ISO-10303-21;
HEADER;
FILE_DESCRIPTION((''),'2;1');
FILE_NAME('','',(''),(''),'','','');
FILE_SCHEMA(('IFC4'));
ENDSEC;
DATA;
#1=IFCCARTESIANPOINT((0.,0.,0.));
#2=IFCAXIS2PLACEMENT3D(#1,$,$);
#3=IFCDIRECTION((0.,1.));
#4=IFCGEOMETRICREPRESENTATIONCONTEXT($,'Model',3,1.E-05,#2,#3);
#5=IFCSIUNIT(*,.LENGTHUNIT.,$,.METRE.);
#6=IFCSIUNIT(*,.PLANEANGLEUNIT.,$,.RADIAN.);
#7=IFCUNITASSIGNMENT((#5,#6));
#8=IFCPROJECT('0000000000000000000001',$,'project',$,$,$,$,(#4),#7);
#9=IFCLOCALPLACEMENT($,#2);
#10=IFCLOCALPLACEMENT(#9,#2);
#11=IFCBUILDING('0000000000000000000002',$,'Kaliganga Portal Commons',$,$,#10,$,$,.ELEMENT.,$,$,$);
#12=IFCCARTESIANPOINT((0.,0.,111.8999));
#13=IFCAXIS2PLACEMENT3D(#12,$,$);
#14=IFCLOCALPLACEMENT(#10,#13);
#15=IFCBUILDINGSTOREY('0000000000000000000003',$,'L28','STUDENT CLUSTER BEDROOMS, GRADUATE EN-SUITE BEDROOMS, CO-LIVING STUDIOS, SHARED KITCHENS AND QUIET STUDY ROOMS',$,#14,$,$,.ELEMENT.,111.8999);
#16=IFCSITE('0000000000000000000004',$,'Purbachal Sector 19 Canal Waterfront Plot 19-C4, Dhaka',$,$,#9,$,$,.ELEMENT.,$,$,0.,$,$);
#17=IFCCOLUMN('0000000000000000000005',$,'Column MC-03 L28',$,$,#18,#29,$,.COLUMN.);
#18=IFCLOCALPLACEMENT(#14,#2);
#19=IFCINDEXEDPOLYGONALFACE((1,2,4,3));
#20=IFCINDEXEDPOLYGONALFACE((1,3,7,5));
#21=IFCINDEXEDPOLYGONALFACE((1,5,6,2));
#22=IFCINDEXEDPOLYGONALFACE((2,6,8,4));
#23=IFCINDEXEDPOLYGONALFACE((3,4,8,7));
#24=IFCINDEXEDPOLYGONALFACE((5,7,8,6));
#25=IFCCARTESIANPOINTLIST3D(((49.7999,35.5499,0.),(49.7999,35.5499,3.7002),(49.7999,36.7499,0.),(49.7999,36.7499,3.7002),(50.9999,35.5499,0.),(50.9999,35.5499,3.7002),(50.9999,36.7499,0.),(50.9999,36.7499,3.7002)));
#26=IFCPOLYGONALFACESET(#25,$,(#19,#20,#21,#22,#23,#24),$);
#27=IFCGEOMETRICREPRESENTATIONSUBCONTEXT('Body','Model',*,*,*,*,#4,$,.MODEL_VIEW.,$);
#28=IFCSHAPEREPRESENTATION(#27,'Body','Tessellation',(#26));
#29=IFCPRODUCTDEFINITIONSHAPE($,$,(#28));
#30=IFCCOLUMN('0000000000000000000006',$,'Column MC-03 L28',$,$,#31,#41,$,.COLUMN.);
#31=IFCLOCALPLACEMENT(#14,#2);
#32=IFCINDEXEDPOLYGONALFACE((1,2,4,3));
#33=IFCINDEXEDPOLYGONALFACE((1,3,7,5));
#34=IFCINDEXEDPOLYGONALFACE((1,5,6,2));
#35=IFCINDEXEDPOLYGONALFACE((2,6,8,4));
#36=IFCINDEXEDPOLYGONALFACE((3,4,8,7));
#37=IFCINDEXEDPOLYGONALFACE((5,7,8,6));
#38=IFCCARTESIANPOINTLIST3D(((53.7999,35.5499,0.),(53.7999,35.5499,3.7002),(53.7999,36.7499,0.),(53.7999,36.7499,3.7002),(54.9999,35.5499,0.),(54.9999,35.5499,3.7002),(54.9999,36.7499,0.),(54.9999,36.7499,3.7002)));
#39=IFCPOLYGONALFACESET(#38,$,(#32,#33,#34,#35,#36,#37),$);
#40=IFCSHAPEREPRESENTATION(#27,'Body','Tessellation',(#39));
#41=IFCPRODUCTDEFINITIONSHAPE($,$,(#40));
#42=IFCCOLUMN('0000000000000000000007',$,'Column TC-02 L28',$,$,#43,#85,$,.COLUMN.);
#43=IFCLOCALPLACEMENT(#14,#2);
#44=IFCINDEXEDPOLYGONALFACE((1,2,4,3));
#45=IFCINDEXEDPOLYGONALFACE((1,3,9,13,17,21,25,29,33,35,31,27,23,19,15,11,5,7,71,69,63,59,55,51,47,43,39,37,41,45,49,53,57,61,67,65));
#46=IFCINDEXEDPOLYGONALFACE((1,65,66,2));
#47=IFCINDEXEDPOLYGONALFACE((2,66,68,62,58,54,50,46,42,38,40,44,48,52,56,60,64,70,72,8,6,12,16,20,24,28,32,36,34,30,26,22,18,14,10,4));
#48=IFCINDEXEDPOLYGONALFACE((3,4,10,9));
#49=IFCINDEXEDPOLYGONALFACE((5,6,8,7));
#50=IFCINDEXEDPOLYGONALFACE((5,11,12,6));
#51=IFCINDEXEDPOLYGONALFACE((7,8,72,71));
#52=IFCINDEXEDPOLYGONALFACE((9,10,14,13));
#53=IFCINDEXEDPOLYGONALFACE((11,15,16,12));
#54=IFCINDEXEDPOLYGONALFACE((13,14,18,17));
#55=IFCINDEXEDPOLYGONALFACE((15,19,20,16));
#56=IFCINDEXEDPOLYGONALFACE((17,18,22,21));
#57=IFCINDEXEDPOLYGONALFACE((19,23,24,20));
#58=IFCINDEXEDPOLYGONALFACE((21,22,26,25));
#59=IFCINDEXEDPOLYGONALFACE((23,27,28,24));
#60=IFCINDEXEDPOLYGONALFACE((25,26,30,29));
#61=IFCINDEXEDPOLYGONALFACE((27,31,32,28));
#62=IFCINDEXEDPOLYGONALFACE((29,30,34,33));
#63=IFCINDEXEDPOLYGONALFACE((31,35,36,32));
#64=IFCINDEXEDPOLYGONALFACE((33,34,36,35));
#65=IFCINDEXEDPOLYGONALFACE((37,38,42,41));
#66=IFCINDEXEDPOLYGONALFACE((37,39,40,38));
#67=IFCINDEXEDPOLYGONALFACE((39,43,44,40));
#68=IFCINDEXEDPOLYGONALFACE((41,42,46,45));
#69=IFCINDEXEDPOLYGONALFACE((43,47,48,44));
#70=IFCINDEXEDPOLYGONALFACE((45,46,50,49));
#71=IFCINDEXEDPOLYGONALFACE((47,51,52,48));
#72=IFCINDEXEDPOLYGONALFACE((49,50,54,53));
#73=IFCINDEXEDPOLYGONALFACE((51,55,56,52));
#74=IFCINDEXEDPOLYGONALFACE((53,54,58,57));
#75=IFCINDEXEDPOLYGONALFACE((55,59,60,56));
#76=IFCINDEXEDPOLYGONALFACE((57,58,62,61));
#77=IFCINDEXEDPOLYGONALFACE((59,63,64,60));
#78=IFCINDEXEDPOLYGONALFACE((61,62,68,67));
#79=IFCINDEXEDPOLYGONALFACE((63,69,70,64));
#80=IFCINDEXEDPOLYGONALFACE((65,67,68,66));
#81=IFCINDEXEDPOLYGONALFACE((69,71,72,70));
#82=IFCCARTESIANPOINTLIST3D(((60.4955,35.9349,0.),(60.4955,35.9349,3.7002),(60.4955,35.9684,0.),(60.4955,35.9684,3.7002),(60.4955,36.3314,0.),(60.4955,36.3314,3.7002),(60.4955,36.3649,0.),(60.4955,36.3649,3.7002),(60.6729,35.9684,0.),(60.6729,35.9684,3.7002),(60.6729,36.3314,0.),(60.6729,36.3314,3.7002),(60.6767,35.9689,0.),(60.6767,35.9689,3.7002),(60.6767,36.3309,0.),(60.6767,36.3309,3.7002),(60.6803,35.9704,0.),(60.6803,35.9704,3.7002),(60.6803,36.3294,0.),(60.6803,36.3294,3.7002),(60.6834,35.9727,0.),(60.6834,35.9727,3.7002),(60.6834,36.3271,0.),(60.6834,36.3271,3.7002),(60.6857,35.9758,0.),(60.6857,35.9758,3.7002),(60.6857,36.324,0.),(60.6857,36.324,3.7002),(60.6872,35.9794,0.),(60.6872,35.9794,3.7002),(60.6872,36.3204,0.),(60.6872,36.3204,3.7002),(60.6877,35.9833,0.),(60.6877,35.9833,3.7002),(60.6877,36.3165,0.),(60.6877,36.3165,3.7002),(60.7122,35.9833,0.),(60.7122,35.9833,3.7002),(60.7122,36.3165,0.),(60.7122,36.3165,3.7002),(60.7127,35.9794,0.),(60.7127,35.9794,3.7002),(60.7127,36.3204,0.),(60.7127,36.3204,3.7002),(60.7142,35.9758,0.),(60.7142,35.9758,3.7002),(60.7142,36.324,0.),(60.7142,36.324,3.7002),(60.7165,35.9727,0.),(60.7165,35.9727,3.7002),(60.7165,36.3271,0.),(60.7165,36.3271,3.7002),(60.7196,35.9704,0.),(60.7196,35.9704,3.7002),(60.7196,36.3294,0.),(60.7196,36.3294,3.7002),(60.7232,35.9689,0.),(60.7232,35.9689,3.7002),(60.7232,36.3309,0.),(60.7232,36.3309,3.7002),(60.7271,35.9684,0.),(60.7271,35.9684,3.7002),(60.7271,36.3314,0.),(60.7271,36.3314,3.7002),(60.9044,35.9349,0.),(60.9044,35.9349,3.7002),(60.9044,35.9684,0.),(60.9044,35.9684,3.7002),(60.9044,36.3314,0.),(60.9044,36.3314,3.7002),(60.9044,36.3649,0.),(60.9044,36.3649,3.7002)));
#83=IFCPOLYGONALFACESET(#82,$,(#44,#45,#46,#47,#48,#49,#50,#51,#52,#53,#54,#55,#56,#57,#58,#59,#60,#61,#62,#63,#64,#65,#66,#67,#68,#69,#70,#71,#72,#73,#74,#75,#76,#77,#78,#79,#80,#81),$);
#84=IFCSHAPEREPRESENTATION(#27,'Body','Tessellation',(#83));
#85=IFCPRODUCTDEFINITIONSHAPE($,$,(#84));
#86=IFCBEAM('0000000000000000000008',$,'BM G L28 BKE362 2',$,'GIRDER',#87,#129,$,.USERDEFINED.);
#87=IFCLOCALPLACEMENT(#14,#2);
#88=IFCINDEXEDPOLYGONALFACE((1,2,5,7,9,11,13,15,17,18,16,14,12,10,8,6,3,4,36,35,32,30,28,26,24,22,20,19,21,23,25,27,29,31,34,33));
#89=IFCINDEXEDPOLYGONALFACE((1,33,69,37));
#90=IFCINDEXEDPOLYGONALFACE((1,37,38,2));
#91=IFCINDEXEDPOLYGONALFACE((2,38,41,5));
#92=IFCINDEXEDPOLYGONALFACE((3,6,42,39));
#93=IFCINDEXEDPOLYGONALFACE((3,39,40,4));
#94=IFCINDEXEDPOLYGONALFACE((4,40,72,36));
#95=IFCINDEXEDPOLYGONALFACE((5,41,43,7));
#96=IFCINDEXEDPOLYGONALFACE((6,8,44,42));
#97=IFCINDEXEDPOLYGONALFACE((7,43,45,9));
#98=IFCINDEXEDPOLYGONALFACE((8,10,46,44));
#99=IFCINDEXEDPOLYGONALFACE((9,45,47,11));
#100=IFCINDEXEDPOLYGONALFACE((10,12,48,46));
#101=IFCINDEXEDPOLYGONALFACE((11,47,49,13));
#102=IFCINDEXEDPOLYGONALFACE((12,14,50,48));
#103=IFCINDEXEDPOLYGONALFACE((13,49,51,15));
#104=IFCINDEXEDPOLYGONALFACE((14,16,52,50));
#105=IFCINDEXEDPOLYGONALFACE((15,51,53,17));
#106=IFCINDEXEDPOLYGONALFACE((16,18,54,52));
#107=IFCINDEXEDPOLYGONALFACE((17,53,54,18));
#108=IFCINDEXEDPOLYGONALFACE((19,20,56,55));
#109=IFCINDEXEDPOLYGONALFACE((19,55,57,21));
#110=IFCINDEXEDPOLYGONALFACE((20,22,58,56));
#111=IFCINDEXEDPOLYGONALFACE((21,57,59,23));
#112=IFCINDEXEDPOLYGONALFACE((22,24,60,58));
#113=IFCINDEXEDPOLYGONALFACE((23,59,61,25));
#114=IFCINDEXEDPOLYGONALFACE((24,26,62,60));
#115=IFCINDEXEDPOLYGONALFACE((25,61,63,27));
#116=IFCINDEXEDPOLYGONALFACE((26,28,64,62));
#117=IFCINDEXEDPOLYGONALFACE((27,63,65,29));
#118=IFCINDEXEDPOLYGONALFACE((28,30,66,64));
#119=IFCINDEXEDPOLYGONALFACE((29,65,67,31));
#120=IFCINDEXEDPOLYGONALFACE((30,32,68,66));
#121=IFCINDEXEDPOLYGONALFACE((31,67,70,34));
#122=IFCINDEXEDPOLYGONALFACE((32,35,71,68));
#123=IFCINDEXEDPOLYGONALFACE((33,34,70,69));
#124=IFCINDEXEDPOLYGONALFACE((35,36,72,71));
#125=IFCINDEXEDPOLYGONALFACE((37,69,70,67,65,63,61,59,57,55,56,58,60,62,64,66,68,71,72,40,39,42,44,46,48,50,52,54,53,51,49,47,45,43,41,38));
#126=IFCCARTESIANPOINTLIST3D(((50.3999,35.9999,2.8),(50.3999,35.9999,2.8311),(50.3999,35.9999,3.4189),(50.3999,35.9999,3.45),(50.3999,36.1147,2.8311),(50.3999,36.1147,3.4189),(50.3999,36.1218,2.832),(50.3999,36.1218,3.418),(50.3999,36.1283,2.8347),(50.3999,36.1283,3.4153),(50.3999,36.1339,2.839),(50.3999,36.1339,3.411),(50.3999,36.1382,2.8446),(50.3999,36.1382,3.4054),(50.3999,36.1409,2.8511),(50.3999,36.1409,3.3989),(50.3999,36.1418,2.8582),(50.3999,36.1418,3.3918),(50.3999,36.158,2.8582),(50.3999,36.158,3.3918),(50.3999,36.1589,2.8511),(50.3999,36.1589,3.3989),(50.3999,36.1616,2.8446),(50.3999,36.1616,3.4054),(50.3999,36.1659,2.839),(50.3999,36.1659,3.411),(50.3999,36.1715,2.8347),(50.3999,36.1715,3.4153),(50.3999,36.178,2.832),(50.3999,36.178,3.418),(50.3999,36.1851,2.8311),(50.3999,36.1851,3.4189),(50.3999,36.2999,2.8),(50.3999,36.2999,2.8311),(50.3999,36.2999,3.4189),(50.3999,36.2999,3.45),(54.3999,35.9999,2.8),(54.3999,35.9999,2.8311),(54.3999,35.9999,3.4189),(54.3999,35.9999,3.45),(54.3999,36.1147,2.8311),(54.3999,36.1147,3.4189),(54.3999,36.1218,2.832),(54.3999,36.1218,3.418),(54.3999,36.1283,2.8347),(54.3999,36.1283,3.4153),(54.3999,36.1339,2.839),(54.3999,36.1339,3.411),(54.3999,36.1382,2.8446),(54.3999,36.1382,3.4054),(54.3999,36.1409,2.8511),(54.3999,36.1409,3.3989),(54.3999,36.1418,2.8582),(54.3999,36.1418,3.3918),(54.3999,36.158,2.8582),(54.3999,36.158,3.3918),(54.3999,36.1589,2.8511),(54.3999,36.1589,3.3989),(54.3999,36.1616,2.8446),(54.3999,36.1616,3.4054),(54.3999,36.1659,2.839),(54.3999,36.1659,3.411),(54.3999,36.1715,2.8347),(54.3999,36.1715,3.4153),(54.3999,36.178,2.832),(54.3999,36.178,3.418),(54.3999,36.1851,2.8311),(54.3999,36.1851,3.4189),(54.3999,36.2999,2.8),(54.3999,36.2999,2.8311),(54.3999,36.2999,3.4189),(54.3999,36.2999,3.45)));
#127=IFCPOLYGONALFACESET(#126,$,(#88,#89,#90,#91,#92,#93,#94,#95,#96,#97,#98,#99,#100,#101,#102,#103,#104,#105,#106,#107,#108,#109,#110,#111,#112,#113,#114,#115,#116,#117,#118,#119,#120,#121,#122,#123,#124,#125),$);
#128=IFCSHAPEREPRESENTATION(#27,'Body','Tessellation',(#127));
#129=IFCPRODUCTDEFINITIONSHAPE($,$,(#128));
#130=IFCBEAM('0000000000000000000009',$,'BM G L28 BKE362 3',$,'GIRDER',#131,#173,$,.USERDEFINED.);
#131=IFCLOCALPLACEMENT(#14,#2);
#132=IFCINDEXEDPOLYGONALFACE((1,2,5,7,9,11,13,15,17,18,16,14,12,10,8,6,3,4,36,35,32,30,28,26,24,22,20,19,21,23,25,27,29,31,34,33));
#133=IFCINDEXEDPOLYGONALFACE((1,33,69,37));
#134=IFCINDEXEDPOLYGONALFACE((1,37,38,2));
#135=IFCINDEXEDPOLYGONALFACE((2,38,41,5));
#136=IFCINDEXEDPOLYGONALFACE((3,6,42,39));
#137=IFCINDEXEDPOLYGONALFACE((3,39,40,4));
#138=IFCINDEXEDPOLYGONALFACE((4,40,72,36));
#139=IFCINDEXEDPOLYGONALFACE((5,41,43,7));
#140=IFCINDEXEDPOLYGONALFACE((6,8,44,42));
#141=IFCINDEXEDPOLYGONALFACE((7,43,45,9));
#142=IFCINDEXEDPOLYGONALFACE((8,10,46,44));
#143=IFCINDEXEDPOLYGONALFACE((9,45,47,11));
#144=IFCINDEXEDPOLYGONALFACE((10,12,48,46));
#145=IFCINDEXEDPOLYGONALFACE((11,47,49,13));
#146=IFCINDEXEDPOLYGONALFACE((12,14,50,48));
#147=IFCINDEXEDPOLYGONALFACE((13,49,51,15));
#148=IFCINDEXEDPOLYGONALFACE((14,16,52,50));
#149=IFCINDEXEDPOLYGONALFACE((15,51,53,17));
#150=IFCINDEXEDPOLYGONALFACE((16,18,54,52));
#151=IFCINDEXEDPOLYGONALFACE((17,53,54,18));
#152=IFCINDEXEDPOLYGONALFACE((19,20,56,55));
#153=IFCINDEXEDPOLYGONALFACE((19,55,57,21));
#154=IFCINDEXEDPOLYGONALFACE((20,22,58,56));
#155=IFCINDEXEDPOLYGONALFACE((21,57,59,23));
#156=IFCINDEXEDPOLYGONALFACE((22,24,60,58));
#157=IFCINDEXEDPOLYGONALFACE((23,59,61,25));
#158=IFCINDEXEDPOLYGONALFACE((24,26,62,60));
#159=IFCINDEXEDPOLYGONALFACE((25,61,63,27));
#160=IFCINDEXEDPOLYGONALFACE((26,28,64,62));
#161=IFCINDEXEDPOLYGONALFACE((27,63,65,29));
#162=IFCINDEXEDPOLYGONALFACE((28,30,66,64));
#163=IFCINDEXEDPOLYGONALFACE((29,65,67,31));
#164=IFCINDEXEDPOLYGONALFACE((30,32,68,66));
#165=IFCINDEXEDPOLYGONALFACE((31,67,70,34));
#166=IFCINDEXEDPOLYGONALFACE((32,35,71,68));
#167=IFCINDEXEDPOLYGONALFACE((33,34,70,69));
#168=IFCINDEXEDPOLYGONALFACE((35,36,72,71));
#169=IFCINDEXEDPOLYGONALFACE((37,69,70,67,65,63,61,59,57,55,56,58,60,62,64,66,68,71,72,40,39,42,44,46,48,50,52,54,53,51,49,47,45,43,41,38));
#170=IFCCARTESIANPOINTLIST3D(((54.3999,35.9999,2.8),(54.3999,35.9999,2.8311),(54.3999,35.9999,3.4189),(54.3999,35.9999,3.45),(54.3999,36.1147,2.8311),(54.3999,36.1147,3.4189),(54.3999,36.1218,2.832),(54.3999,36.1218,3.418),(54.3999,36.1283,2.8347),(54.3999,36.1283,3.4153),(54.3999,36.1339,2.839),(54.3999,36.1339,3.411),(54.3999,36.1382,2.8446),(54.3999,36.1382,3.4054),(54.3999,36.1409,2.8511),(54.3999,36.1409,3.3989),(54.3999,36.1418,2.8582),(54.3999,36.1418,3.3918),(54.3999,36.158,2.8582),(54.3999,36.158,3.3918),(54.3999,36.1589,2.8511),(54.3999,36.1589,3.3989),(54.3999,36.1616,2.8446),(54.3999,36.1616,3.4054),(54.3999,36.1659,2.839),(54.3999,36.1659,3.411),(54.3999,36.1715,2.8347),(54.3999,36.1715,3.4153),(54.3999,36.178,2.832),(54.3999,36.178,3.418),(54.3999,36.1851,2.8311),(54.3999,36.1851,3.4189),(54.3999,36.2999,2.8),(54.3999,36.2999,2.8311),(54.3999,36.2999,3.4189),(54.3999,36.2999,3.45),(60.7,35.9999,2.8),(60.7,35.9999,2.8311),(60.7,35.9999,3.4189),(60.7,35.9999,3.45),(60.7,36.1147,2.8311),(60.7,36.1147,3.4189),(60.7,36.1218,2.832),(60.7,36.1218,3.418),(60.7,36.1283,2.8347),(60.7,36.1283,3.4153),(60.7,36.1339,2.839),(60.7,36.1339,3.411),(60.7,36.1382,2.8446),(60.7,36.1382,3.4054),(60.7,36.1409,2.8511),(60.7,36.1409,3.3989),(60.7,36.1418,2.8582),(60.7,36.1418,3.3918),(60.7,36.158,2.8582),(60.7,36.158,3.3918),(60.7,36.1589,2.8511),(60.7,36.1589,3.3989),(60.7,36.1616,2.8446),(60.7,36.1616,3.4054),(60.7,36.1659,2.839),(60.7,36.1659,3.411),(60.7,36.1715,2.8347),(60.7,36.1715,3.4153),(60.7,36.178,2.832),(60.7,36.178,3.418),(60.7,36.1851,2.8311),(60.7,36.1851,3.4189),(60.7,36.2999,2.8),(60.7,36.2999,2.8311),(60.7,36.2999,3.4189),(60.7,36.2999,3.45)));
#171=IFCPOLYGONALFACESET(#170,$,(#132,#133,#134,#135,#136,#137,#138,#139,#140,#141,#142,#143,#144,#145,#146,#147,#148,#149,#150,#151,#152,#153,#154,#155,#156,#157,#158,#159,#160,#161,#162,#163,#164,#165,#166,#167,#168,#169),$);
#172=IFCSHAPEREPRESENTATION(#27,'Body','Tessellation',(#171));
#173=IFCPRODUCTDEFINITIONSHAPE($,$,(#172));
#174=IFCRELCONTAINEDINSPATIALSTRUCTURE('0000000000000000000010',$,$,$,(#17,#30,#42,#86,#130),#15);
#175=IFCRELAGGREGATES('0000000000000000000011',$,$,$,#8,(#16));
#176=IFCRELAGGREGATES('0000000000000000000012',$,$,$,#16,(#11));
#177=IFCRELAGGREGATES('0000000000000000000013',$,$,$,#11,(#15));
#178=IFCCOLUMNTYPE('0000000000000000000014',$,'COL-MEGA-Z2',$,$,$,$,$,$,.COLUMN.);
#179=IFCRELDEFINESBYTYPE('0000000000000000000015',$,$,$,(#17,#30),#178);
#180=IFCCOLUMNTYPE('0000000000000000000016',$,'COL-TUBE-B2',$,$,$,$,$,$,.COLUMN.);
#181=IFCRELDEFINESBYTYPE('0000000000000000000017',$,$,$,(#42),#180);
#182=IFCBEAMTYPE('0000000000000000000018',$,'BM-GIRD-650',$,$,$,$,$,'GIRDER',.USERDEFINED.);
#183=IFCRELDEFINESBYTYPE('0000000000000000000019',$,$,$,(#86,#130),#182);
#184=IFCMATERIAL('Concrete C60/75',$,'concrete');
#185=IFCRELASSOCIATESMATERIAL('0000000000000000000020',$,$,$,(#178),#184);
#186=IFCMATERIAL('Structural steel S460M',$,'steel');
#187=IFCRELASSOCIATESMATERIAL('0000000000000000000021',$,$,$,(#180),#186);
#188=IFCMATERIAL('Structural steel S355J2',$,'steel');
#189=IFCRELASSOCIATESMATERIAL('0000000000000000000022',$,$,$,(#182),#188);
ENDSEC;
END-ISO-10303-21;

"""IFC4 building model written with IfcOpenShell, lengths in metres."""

from ifc_helpers import new_model, si_unit, direction, frame, origin, origin_2d, place, context, subcontext, project, spatial, rectangle, i_section, extrude, source, transform, mapped, material, material_profile, profile_set, type_object, element, save


model = new_model("IFC4")

# Units and contexts
model_context = context("Model", 3, precision=1e-05, world=origin(), true_north=direction((0.0, 1.0)))
body_context = subcontext(model_context, "Body", "Model", "MODEL_VIEW")
ifc_project = project(units=[si_unit("LENGTHUNIT", "METRE"), si_unit("PLANEANGLEUNIT", "RADIAN")], contexts=[model_context])

# Site, building, storey
site_placement = place(None, origin())
site = spatial("IfcSite", under=ifc_project, at=site_placement, Name="Purbachal Sector 19 Canal Waterfront Plot 19-C4, Dhaka", CompositionType="ELEMENT", RefElevation=0.0)
building_placement = place(site_placement, origin())
building = spatial("IfcBuilding", under=site, at=building_placement, Name="Kaliganga Portal Commons", CompositionType="ELEMENT")
storey_placement = place(building_placement, frame((0.0, 0.0, 111.8999)))
storey = spatial("IfcBuildingStorey", under=building, at=storey_placement, Name="L28", Description="STUDENT CLUSTER BEDROOMS, GRADUATE EN-SUITE BEDROOMS, CO-LIVING STUDIOS, SHARED KITCHENS AND QUIET STUDY ROOMS", CompositionType="ELEMENT", Elevation=111.8999)

# Columns
ifc_material_1 = material(Name="Concrete C60/75", Category="concrete")
ifc_material_profile_1 = material_profile(ifc_material_1, rectangle(XDim=1.2, YDim=1.2, at=origin_2d()), Name="RC 1200x1200")
ifc_profile_set_1 = profile_set([ifc_material_profile_1], Name="Concrete C60/75")
column_type_1 = type_object("IfcColumnType", Name="COL-MEGA-Z2", PredefinedType="COLUMN", material=ifc_profile_set_1)
shared_shape_1 = source(origin(), body_context, "Body", "SweptSolid", [
    extrude(rectangle(XDim=1.2, YDim=1.2, at=origin_2d()), origin(), (0.0, 0.0, 1.0), 3.7002),
])
for number, where, z_axis, x_axis, name in (
    (1, (50.3999, 36.1499, 0.0), (0.0, 0.0, 1.0), (1.0, 0.0, 0.0), "Column MC-03 L28"),
    (2, (54.3999, 36.1499, 0.0), (0.0, 0.0, 1.0), (1.0, 0.0, 0.0), "Column MC-03 L28"),
):
    element("IfcColumn", number, at=place(storey_placement, frame(where, z_axis=z_axis, x_axis=x_axis)), inside=storey, type_object=column_type_1, Name=name, PredefinedType="COLUMN", context=body_context, shape_type="MappedRepresentation", body=[
        mapped(shared_shape_1, transform((0.0, 0.0, 0.0), x_axis=(1.0, 0.0, 0.0), y_axis=(0.0, 1.0, 0.0), z_axis=(0.0, 0.0, 1.0), scale=1.0)),
    ])
ifc_material_2 = material(Name="Structural steel S460M", Category="steel")
ifc_material_profile_2 = material_profile(ifc_material_2, i_section(OverallWidth=0.4089, OverallDepth=0.4299, WebThickness=0.0244, FlangeThickness=0.0334, FilletRadius=0.0149, at=origin_2d()), Name="HD 400x421")
ifc_profile_set_2 = profile_set([ifc_material_profile_2], Name="Structural steel S460M wide-flange")
column_type_2 = type_object("IfcColumnType", Name="COL-TUBE-B2", PredefinedType="COLUMN", material=ifc_profile_set_2)
shared_shape_2 = source(origin(), body_context, "Body", "SweptSolid", [
    extrude(i_section(OverallWidth=0.4089, OverallDepth=0.4299, WebThickness=0.0244, FlangeThickness=0.0334, FilletRadius=0.0149, at=origin_2d()), origin(), (0.0, 0.0, 1.0), 3.7002),
])
column_placement = place(storey_placement, frame((60.7, 36.1499, 0.0), z_axis=(0.0, 0.0, 1.0), x_axis=(1.0, 0.0, 0.0)))
element("IfcColumn", 3, at=column_placement, inside=storey, type_object=column_type_2, Name="Column TC-02 L28", PredefinedType="COLUMN", context=body_context, shape_type="MappedRepresentation", body=[
    mapped(shared_shape_2, transform((0.0, 0.0, 0.0), x_axis=(1.0, 0.0, 0.0), y_axis=(0.0, 1.0, 0.0), z_axis=(0.0, 0.0, 1.0), scale=1.0)),
])

# Beams
ifc_material_3 = material(Name="Structural steel S355J2", Category="steel")
ifc_material_profile_3 = material_profile(ifc_material_3, i_section(OverallWidth=0.3, OverallDepth=0.6499, WebThickness=0.0161, FlangeThickness=0.031, FilletRadius=0.0271, at=origin_2d()), Name="HE 650 B")
ifc_profile_set_3 = profile_set([ifc_material_profile_3], Name="Structural steel S355J2 wide-flange")
beam_type_1 = type_object("IfcBeamType", Name="BM-GIRD-650", ElementType="GIRDER", PredefinedType="USERDEFINED", material=ifc_profile_set_3)
shared_shape_3 = source(origin(), body_context, "Body", "SweptSolid", [
    extrude(i_section(OverallWidth=0.3, OverallDepth=0.6499, WebThickness=0.0161, FlangeThickness=0.031, FilletRadius=0.0271, at=origin_2d()), origin(), (0.0, 0.0, 1.0), 4.0),
])
beam_1_placement = place(storey_placement, frame((50.3999, 36.1499, 3.125), z_axis=(1.0, 0.0, 0.0), x_axis=(0.0, 1.0, 0.0)))
element("IfcBeam", 4, at=beam_1_placement, inside=storey, type_object=beam_type_1, Name="BM G L28 BKE362 2", ObjectType="GIRDER", PredefinedType="USERDEFINED", context=body_context, shape_type="MappedRepresentation", body=[
    mapped(shared_shape_3, transform((0.0, 0.0, 0.0), x_axis=(1.0, 0.0, 0.0), y_axis=(0.0, 1.0, 0.0), z_axis=(0.0, 0.0, 1.0), scale=1.0)),
])
shared_shape_4 = source(origin(), body_context, "Body", "SweptSolid", [
    extrude(i_section(OverallWidth=0.3, OverallDepth=0.6499, WebThickness=0.0161, FlangeThickness=0.031, FilletRadius=0.0271, at=origin_2d()), origin(), (0.0, 0.0, 1.0), 6.3),
])
beam_2_placement = place(storey_placement, frame((54.3999, 36.1499, 3.125), z_axis=(1.0, 0.0, 0.0), x_axis=(0.0, 1.0, 0.0)))
element("IfcBeam", 5, at=beam_2_placement, inside=storey, type_object=beam_type_1, Name="BM G L28 BKE362 3", ObjectType="GIRDER", PredefinedType="USERDEFINED", context=body_context, shape_type="MappedRepresentation", body=[
    mapped(shared_shape_4, transform((0.0, 0.0, 0.0), x_axis=(1.0, 0.0, 0.0), y_axis=(0.0, 1.0, 0.0), z_axis=(0.0, 0.0, 1.0), scale=1.0)),
])

save(model, "model.ifc")
